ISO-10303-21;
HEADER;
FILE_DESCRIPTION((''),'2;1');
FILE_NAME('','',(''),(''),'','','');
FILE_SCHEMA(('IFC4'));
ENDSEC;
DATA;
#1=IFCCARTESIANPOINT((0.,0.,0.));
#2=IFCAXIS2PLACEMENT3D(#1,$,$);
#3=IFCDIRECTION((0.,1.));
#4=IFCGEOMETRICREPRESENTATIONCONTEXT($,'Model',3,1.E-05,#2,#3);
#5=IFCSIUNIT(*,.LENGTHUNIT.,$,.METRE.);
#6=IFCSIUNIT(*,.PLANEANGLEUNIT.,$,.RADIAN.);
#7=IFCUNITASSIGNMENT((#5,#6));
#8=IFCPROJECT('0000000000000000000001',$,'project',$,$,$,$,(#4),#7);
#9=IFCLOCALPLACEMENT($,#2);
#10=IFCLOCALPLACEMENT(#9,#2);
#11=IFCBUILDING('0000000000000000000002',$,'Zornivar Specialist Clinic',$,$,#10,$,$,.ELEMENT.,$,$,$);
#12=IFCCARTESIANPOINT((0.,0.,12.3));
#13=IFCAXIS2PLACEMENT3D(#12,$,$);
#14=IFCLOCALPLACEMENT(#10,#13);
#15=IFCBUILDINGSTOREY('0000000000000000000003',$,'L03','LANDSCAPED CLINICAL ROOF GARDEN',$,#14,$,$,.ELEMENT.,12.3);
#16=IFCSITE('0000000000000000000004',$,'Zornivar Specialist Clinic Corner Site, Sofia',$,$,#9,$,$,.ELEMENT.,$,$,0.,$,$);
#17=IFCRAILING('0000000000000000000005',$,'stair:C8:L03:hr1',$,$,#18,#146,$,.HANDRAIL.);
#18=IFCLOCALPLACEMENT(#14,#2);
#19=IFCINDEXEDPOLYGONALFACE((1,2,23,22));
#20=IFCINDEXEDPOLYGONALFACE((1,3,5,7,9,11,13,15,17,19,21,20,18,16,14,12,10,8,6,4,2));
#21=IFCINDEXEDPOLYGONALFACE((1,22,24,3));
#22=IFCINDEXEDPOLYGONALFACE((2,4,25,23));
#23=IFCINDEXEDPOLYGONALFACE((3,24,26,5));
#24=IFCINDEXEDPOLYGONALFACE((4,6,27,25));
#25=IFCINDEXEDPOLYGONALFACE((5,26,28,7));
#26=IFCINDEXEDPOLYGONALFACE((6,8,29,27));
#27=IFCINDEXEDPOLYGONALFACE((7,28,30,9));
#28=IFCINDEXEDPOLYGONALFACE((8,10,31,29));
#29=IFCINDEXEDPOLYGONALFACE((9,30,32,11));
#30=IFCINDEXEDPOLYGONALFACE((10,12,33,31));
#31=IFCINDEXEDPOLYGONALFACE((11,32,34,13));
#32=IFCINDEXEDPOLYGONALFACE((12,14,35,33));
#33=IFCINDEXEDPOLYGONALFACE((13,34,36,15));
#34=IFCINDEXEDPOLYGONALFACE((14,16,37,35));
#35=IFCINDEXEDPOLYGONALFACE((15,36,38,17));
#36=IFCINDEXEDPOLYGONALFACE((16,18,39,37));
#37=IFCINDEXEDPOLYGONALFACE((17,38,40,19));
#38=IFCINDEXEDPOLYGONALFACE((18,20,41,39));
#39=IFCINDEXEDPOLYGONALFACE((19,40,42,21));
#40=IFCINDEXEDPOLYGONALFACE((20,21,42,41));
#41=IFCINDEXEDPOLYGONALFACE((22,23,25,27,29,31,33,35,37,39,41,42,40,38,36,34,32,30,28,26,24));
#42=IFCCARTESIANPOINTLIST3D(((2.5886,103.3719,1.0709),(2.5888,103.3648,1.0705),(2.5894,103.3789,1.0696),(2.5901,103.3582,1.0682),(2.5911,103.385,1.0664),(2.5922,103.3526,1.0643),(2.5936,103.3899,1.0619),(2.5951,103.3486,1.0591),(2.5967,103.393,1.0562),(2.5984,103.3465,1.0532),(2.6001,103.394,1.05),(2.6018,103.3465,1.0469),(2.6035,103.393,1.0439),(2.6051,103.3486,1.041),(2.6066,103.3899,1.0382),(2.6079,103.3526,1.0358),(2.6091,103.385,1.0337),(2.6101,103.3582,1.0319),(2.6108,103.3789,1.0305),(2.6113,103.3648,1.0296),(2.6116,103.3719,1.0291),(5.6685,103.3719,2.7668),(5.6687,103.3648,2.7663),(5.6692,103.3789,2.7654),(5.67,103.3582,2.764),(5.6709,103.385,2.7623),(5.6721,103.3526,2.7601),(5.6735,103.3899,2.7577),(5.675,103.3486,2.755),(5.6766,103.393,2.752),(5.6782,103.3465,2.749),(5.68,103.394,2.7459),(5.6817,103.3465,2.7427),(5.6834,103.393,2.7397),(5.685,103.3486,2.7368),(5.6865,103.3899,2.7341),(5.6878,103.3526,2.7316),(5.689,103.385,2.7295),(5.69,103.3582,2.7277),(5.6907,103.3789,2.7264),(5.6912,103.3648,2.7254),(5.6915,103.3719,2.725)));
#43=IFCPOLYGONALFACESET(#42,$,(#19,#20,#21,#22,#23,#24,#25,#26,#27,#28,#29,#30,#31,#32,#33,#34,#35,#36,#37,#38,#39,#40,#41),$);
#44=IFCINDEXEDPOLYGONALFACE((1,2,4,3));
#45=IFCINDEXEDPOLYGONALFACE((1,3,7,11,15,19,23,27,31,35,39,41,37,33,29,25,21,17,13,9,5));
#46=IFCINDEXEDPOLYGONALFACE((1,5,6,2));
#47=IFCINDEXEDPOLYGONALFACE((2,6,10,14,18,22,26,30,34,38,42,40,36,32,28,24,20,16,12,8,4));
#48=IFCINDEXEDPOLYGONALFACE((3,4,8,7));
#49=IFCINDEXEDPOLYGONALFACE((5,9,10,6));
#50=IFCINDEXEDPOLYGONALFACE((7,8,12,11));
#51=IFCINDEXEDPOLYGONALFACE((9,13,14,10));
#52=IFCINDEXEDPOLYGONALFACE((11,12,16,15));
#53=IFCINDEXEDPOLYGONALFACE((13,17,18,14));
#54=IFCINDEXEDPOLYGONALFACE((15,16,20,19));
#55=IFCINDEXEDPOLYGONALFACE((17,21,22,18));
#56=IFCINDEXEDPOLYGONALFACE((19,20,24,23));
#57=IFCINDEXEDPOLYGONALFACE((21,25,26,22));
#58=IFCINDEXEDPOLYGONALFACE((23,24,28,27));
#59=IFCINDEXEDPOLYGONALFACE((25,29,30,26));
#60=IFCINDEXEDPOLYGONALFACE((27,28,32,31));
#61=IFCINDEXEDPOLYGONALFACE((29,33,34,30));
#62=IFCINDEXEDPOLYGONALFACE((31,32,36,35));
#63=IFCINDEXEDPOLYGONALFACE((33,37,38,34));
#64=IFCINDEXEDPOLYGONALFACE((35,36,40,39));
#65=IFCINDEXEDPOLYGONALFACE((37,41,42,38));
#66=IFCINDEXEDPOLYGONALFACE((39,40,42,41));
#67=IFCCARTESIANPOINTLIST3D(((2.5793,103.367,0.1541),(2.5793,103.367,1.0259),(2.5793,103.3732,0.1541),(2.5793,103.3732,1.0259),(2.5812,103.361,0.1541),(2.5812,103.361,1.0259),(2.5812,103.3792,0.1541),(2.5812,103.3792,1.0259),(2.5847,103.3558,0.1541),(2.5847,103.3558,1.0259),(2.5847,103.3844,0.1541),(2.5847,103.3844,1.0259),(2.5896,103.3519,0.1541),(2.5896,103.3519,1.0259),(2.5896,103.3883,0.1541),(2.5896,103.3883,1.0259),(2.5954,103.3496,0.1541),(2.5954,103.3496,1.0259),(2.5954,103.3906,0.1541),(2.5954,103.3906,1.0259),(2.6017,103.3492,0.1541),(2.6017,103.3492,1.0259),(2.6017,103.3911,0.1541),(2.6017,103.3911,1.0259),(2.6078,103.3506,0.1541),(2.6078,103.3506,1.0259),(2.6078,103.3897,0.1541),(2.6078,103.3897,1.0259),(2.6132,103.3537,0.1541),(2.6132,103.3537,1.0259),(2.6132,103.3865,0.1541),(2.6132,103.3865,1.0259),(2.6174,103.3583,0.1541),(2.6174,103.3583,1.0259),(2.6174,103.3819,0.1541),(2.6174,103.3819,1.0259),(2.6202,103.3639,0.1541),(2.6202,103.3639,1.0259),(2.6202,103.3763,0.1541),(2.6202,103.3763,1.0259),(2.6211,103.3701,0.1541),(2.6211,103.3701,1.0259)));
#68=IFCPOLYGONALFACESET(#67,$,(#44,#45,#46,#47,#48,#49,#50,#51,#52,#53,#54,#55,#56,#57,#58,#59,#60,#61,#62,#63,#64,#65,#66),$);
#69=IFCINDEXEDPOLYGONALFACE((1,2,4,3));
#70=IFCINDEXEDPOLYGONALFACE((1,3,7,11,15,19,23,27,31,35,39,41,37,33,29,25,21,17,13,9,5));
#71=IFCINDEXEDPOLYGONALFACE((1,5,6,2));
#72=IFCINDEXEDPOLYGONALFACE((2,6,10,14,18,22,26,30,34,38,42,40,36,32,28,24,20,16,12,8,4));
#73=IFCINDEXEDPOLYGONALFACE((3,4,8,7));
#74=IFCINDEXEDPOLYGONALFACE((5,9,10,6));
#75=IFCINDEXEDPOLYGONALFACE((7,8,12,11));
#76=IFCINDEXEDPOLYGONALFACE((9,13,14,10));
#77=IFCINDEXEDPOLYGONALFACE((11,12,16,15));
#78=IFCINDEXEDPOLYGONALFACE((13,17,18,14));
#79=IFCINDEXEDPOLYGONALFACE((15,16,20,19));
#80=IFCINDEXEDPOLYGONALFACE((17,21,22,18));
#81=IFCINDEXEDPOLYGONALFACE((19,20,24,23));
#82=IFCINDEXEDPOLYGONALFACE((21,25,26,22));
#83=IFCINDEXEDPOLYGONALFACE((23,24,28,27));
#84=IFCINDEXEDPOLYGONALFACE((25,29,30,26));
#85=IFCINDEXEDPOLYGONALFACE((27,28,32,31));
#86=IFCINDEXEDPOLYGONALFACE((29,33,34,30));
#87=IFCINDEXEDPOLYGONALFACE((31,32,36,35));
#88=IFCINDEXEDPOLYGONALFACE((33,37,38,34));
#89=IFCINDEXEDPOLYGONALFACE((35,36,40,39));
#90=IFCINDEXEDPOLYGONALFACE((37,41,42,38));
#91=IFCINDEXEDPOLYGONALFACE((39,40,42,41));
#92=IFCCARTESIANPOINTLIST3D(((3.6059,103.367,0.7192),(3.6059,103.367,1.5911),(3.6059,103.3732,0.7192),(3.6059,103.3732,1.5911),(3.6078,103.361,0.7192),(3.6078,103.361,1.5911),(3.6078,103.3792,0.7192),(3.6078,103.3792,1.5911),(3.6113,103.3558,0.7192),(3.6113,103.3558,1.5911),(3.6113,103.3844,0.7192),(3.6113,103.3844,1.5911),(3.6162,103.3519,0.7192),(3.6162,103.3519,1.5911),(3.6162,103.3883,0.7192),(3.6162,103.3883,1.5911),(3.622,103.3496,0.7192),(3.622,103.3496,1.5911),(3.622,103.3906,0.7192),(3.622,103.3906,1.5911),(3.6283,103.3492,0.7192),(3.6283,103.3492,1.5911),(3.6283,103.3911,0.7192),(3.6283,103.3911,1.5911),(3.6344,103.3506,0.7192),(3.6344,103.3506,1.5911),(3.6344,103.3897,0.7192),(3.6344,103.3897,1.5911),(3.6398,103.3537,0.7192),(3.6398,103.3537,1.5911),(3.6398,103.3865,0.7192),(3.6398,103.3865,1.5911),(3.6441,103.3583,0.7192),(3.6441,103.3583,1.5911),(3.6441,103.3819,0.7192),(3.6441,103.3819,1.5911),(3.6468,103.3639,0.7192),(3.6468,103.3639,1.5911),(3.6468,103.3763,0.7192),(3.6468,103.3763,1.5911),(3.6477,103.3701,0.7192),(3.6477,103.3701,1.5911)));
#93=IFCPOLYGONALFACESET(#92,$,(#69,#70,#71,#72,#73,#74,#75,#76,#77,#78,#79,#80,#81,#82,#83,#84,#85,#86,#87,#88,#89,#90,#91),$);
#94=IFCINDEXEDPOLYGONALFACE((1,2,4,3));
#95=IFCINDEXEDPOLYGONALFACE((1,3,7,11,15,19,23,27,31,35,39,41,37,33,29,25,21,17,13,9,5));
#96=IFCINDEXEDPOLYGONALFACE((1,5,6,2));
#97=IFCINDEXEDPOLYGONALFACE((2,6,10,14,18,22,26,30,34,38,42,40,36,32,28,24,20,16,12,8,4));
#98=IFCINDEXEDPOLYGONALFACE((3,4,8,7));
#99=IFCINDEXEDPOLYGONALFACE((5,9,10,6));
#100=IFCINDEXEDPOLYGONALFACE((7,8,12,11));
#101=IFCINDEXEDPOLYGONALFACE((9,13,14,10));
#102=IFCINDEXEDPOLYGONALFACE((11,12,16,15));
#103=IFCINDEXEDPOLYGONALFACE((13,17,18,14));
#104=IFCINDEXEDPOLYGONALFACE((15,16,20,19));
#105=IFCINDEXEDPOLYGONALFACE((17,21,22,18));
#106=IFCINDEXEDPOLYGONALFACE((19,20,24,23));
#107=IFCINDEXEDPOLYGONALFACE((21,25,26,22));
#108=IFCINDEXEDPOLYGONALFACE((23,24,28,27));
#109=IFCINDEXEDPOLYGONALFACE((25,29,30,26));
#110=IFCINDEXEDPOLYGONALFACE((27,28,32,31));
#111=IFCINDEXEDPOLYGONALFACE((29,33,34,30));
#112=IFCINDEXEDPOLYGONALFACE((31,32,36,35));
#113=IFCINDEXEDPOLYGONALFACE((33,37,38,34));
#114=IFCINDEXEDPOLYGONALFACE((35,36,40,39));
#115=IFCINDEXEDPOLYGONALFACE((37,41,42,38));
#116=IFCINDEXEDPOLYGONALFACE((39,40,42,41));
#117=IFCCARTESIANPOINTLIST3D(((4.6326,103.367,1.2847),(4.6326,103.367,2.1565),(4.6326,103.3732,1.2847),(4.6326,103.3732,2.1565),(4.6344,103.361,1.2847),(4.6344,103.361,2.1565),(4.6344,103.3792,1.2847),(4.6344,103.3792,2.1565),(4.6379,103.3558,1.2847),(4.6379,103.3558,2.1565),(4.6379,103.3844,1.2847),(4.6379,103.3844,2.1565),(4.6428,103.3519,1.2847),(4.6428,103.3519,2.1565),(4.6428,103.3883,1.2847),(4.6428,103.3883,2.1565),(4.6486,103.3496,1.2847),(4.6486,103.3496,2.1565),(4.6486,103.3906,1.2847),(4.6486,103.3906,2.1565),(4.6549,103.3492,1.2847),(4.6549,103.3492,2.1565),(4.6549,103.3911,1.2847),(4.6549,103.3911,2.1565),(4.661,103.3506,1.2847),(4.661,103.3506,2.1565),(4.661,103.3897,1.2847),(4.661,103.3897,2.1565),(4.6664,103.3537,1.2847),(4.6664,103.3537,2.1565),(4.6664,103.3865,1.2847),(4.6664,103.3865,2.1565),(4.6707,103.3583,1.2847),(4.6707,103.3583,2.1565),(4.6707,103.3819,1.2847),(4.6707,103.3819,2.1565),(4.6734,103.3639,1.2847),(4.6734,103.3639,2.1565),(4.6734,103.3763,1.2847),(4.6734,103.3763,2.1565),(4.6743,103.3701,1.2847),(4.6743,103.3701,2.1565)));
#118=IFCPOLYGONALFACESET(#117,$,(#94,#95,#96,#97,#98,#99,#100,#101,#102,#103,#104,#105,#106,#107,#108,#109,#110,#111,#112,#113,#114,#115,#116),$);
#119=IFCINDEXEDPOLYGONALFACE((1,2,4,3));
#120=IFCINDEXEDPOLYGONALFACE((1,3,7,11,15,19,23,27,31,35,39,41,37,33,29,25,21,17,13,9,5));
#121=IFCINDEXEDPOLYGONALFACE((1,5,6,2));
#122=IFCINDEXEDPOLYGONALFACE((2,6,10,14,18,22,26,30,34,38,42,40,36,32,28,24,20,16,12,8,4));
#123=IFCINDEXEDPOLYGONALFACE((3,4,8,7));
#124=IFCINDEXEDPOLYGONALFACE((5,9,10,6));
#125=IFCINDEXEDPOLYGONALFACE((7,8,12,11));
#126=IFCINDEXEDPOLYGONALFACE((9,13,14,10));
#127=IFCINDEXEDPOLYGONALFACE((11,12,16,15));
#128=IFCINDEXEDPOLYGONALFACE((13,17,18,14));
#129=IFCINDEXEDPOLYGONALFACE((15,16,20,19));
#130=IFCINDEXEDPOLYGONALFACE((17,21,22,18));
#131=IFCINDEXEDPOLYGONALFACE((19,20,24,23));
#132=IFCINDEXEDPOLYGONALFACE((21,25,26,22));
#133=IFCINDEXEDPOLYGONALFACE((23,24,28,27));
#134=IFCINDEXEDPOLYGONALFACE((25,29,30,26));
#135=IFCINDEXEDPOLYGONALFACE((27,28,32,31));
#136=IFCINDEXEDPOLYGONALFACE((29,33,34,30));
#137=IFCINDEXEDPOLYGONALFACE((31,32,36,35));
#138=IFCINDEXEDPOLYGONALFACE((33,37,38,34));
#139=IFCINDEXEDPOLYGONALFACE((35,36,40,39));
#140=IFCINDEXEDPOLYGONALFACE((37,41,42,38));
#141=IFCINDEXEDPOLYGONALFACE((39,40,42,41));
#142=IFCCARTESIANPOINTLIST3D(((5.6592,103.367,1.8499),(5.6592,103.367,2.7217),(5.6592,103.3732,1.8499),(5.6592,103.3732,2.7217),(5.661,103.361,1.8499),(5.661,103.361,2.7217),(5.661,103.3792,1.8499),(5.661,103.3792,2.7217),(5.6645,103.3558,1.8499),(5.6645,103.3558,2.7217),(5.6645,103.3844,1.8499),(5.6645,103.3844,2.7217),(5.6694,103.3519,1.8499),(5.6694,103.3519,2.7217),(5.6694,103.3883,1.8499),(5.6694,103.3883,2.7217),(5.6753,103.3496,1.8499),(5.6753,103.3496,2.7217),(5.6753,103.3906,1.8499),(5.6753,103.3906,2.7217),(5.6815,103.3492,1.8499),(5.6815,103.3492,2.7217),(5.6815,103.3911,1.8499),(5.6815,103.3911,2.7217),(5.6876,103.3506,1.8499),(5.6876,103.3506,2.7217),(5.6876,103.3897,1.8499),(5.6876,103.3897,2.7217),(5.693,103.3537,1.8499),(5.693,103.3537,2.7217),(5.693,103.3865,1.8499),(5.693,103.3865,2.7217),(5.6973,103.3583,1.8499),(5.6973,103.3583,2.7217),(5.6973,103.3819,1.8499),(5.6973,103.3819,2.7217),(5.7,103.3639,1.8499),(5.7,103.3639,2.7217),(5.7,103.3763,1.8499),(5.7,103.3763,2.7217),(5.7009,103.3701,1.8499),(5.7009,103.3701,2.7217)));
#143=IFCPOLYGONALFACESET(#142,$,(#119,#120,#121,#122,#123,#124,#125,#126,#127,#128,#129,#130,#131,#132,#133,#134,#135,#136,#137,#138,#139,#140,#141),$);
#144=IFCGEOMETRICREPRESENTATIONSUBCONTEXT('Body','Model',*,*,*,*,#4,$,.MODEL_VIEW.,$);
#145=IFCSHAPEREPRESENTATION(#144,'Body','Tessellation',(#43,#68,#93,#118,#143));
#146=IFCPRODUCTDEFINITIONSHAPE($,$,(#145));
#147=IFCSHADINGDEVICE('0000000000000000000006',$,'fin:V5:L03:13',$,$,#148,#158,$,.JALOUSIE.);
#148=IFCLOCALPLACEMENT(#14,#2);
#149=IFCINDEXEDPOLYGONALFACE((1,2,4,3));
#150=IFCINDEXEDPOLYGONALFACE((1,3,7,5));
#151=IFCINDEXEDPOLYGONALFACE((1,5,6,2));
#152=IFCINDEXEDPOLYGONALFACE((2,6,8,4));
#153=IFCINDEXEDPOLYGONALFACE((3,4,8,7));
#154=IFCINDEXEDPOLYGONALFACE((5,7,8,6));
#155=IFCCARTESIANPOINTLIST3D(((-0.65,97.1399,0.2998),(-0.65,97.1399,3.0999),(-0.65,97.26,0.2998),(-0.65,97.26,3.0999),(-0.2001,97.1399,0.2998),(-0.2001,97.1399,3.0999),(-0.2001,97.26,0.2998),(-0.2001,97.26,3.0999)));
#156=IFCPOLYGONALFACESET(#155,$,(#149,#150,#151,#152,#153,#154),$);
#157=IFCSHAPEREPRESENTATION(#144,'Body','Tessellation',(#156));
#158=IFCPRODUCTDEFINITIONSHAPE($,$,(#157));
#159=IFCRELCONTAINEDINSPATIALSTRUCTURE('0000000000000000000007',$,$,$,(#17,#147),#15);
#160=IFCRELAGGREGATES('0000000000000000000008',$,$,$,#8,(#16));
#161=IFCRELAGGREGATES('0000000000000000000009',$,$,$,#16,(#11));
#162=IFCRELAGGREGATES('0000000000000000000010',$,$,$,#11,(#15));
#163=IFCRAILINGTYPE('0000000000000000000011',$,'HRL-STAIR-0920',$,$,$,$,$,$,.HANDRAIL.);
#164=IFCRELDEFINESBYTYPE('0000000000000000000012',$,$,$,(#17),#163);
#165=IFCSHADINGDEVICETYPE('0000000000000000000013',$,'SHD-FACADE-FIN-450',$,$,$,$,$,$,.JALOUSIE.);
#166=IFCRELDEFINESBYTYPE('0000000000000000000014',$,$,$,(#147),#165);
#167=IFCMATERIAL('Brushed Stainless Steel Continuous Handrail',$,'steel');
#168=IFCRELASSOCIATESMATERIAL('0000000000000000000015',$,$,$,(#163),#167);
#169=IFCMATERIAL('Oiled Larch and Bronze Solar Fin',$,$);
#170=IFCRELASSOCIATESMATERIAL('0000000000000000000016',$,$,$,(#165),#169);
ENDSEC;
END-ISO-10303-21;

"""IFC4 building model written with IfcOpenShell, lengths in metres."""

from ifc_helpers import new_model, si_unit, direction, frame, origin, origin_2d, place, context, subcontext, project, spatial, rectangle, circle, extrude, material, type_object, element, save


model = new_model("IFC4")

# Units and contexts
model_context = context("Model", 3, precision=1e-05, world=origin(), true_north=direction((0.0, 1.0)))
body_context = subcontext(model_context, "Body", "Model", "MODEL_VIEW")
ifc_project = project(units=[si_unit("LENGTHUNIT", "METRE"), si_unit("PLANEANGLEUNIT", "RADIAN")], contexts=[model_context])

# Site, building, storey
site_placement = place(None, origin())
site = spatial("IfcSite", under=ifc_project, at=site_placement, Name="Zornivar Specialist Clinic Corner Site, Sofia", CompositionType="ELEMENT", RefElevation=0.0)
building_placement = place(site_placement, origin())
building = spatial("IfcBuilding", under=site, at=building_placement, Name="Zornivar Specialist Clinic", CompositionType="ELEMENT")
storey_placement = place(building_placement, frame((0.0, 0.0, 12.3)))
storey = spatial("IfcBuildingStorey", under=building, at=storey_placement, Name="L03", Description="LANDSCAPED CLINICAL ROOF GARDEN", CompositionType="ELEMENT", Elevation=12.3)

# Railing
ifc_material_1 = material(Name="Brushed Stainless Steel Continuous Handrail", Category="steel")
railing_type = type_object("IfcRailingType", Name="HRL-STAIR-0920", PredefinedType="HANDRAIL", material=ifc_material_1)
railing_placement = place(storey_placement, frame((2.6001, 103.3701, 0.1541)))
element("IfcRailing", 1, at=railing_placement, inside=storey, type_object=railing_type, Name="stair:C8:L03:hr1", PredefinedType="HANDRAIL", context=body_context, shape_type="SweptSolid", body=[
    extrude(circle(Radius=0.0239, at=origin_2d()), frame((0.0, 0.0, 0.896), z_axis=(0.875989, 0.0, 0.482332), x_axis=(0.0, 1.0, 0.0)), (0.0, 0.0, 1.0), 3.5159),
    extrude(circle(Radius=0.021, at=origin_2d()), origin(), (0.0, 0.0, 1.0), 0.8718),
    extrude(circle(Radius=0.021, at=origin_2d()), frame((1.0266, 0.0, 0.5652)), (0.0, 0.0, 1.0), 0.8718),
    extrude(circle(Radius=0.021, at=origin_2d()), frame((2.0532, 0.0, 1.1306)), (0.0, 0.0, 1.0), 0.8718),
    extrude(circle(Radius=0.021, at=origin_2d()), frame((3.0798, 0.0, 1.6958)), (0.0, 0.0, 1.0), 0.8718),
])

# Shading device
ifc_material_2 = material(Name="Oiled Larch and Bronze Solar Fin")
shading_device_type = type_object("IfcShadingDeviceType", Name="SHD-FACADE-FIN-450", PredefinedType="JALOUSIE", material=ifc_material_2)
shading_device_placement = place(storey_placement, frame((-0.425, 97.2, 0.2998), z_axis=(0.0, 0.0, 1.0), x_axis=(0.0, -1.0, 0.0)))
element("IfcShadingDevice", 2, at=shading_device_placement, inside=storey, type_object=shading_device_type, Name="fin:V5:L03:13", PredefinedType="JALOUSIE", context=body_context, shape_type="SweptSolid", body=[
    extrude(rectangle(XDim=0.1201, YDim=0.45, at=origin_2d()), origin(), (0.0, 0.0, 1.0), 2.8),
])

save(model, "model.ifc")
